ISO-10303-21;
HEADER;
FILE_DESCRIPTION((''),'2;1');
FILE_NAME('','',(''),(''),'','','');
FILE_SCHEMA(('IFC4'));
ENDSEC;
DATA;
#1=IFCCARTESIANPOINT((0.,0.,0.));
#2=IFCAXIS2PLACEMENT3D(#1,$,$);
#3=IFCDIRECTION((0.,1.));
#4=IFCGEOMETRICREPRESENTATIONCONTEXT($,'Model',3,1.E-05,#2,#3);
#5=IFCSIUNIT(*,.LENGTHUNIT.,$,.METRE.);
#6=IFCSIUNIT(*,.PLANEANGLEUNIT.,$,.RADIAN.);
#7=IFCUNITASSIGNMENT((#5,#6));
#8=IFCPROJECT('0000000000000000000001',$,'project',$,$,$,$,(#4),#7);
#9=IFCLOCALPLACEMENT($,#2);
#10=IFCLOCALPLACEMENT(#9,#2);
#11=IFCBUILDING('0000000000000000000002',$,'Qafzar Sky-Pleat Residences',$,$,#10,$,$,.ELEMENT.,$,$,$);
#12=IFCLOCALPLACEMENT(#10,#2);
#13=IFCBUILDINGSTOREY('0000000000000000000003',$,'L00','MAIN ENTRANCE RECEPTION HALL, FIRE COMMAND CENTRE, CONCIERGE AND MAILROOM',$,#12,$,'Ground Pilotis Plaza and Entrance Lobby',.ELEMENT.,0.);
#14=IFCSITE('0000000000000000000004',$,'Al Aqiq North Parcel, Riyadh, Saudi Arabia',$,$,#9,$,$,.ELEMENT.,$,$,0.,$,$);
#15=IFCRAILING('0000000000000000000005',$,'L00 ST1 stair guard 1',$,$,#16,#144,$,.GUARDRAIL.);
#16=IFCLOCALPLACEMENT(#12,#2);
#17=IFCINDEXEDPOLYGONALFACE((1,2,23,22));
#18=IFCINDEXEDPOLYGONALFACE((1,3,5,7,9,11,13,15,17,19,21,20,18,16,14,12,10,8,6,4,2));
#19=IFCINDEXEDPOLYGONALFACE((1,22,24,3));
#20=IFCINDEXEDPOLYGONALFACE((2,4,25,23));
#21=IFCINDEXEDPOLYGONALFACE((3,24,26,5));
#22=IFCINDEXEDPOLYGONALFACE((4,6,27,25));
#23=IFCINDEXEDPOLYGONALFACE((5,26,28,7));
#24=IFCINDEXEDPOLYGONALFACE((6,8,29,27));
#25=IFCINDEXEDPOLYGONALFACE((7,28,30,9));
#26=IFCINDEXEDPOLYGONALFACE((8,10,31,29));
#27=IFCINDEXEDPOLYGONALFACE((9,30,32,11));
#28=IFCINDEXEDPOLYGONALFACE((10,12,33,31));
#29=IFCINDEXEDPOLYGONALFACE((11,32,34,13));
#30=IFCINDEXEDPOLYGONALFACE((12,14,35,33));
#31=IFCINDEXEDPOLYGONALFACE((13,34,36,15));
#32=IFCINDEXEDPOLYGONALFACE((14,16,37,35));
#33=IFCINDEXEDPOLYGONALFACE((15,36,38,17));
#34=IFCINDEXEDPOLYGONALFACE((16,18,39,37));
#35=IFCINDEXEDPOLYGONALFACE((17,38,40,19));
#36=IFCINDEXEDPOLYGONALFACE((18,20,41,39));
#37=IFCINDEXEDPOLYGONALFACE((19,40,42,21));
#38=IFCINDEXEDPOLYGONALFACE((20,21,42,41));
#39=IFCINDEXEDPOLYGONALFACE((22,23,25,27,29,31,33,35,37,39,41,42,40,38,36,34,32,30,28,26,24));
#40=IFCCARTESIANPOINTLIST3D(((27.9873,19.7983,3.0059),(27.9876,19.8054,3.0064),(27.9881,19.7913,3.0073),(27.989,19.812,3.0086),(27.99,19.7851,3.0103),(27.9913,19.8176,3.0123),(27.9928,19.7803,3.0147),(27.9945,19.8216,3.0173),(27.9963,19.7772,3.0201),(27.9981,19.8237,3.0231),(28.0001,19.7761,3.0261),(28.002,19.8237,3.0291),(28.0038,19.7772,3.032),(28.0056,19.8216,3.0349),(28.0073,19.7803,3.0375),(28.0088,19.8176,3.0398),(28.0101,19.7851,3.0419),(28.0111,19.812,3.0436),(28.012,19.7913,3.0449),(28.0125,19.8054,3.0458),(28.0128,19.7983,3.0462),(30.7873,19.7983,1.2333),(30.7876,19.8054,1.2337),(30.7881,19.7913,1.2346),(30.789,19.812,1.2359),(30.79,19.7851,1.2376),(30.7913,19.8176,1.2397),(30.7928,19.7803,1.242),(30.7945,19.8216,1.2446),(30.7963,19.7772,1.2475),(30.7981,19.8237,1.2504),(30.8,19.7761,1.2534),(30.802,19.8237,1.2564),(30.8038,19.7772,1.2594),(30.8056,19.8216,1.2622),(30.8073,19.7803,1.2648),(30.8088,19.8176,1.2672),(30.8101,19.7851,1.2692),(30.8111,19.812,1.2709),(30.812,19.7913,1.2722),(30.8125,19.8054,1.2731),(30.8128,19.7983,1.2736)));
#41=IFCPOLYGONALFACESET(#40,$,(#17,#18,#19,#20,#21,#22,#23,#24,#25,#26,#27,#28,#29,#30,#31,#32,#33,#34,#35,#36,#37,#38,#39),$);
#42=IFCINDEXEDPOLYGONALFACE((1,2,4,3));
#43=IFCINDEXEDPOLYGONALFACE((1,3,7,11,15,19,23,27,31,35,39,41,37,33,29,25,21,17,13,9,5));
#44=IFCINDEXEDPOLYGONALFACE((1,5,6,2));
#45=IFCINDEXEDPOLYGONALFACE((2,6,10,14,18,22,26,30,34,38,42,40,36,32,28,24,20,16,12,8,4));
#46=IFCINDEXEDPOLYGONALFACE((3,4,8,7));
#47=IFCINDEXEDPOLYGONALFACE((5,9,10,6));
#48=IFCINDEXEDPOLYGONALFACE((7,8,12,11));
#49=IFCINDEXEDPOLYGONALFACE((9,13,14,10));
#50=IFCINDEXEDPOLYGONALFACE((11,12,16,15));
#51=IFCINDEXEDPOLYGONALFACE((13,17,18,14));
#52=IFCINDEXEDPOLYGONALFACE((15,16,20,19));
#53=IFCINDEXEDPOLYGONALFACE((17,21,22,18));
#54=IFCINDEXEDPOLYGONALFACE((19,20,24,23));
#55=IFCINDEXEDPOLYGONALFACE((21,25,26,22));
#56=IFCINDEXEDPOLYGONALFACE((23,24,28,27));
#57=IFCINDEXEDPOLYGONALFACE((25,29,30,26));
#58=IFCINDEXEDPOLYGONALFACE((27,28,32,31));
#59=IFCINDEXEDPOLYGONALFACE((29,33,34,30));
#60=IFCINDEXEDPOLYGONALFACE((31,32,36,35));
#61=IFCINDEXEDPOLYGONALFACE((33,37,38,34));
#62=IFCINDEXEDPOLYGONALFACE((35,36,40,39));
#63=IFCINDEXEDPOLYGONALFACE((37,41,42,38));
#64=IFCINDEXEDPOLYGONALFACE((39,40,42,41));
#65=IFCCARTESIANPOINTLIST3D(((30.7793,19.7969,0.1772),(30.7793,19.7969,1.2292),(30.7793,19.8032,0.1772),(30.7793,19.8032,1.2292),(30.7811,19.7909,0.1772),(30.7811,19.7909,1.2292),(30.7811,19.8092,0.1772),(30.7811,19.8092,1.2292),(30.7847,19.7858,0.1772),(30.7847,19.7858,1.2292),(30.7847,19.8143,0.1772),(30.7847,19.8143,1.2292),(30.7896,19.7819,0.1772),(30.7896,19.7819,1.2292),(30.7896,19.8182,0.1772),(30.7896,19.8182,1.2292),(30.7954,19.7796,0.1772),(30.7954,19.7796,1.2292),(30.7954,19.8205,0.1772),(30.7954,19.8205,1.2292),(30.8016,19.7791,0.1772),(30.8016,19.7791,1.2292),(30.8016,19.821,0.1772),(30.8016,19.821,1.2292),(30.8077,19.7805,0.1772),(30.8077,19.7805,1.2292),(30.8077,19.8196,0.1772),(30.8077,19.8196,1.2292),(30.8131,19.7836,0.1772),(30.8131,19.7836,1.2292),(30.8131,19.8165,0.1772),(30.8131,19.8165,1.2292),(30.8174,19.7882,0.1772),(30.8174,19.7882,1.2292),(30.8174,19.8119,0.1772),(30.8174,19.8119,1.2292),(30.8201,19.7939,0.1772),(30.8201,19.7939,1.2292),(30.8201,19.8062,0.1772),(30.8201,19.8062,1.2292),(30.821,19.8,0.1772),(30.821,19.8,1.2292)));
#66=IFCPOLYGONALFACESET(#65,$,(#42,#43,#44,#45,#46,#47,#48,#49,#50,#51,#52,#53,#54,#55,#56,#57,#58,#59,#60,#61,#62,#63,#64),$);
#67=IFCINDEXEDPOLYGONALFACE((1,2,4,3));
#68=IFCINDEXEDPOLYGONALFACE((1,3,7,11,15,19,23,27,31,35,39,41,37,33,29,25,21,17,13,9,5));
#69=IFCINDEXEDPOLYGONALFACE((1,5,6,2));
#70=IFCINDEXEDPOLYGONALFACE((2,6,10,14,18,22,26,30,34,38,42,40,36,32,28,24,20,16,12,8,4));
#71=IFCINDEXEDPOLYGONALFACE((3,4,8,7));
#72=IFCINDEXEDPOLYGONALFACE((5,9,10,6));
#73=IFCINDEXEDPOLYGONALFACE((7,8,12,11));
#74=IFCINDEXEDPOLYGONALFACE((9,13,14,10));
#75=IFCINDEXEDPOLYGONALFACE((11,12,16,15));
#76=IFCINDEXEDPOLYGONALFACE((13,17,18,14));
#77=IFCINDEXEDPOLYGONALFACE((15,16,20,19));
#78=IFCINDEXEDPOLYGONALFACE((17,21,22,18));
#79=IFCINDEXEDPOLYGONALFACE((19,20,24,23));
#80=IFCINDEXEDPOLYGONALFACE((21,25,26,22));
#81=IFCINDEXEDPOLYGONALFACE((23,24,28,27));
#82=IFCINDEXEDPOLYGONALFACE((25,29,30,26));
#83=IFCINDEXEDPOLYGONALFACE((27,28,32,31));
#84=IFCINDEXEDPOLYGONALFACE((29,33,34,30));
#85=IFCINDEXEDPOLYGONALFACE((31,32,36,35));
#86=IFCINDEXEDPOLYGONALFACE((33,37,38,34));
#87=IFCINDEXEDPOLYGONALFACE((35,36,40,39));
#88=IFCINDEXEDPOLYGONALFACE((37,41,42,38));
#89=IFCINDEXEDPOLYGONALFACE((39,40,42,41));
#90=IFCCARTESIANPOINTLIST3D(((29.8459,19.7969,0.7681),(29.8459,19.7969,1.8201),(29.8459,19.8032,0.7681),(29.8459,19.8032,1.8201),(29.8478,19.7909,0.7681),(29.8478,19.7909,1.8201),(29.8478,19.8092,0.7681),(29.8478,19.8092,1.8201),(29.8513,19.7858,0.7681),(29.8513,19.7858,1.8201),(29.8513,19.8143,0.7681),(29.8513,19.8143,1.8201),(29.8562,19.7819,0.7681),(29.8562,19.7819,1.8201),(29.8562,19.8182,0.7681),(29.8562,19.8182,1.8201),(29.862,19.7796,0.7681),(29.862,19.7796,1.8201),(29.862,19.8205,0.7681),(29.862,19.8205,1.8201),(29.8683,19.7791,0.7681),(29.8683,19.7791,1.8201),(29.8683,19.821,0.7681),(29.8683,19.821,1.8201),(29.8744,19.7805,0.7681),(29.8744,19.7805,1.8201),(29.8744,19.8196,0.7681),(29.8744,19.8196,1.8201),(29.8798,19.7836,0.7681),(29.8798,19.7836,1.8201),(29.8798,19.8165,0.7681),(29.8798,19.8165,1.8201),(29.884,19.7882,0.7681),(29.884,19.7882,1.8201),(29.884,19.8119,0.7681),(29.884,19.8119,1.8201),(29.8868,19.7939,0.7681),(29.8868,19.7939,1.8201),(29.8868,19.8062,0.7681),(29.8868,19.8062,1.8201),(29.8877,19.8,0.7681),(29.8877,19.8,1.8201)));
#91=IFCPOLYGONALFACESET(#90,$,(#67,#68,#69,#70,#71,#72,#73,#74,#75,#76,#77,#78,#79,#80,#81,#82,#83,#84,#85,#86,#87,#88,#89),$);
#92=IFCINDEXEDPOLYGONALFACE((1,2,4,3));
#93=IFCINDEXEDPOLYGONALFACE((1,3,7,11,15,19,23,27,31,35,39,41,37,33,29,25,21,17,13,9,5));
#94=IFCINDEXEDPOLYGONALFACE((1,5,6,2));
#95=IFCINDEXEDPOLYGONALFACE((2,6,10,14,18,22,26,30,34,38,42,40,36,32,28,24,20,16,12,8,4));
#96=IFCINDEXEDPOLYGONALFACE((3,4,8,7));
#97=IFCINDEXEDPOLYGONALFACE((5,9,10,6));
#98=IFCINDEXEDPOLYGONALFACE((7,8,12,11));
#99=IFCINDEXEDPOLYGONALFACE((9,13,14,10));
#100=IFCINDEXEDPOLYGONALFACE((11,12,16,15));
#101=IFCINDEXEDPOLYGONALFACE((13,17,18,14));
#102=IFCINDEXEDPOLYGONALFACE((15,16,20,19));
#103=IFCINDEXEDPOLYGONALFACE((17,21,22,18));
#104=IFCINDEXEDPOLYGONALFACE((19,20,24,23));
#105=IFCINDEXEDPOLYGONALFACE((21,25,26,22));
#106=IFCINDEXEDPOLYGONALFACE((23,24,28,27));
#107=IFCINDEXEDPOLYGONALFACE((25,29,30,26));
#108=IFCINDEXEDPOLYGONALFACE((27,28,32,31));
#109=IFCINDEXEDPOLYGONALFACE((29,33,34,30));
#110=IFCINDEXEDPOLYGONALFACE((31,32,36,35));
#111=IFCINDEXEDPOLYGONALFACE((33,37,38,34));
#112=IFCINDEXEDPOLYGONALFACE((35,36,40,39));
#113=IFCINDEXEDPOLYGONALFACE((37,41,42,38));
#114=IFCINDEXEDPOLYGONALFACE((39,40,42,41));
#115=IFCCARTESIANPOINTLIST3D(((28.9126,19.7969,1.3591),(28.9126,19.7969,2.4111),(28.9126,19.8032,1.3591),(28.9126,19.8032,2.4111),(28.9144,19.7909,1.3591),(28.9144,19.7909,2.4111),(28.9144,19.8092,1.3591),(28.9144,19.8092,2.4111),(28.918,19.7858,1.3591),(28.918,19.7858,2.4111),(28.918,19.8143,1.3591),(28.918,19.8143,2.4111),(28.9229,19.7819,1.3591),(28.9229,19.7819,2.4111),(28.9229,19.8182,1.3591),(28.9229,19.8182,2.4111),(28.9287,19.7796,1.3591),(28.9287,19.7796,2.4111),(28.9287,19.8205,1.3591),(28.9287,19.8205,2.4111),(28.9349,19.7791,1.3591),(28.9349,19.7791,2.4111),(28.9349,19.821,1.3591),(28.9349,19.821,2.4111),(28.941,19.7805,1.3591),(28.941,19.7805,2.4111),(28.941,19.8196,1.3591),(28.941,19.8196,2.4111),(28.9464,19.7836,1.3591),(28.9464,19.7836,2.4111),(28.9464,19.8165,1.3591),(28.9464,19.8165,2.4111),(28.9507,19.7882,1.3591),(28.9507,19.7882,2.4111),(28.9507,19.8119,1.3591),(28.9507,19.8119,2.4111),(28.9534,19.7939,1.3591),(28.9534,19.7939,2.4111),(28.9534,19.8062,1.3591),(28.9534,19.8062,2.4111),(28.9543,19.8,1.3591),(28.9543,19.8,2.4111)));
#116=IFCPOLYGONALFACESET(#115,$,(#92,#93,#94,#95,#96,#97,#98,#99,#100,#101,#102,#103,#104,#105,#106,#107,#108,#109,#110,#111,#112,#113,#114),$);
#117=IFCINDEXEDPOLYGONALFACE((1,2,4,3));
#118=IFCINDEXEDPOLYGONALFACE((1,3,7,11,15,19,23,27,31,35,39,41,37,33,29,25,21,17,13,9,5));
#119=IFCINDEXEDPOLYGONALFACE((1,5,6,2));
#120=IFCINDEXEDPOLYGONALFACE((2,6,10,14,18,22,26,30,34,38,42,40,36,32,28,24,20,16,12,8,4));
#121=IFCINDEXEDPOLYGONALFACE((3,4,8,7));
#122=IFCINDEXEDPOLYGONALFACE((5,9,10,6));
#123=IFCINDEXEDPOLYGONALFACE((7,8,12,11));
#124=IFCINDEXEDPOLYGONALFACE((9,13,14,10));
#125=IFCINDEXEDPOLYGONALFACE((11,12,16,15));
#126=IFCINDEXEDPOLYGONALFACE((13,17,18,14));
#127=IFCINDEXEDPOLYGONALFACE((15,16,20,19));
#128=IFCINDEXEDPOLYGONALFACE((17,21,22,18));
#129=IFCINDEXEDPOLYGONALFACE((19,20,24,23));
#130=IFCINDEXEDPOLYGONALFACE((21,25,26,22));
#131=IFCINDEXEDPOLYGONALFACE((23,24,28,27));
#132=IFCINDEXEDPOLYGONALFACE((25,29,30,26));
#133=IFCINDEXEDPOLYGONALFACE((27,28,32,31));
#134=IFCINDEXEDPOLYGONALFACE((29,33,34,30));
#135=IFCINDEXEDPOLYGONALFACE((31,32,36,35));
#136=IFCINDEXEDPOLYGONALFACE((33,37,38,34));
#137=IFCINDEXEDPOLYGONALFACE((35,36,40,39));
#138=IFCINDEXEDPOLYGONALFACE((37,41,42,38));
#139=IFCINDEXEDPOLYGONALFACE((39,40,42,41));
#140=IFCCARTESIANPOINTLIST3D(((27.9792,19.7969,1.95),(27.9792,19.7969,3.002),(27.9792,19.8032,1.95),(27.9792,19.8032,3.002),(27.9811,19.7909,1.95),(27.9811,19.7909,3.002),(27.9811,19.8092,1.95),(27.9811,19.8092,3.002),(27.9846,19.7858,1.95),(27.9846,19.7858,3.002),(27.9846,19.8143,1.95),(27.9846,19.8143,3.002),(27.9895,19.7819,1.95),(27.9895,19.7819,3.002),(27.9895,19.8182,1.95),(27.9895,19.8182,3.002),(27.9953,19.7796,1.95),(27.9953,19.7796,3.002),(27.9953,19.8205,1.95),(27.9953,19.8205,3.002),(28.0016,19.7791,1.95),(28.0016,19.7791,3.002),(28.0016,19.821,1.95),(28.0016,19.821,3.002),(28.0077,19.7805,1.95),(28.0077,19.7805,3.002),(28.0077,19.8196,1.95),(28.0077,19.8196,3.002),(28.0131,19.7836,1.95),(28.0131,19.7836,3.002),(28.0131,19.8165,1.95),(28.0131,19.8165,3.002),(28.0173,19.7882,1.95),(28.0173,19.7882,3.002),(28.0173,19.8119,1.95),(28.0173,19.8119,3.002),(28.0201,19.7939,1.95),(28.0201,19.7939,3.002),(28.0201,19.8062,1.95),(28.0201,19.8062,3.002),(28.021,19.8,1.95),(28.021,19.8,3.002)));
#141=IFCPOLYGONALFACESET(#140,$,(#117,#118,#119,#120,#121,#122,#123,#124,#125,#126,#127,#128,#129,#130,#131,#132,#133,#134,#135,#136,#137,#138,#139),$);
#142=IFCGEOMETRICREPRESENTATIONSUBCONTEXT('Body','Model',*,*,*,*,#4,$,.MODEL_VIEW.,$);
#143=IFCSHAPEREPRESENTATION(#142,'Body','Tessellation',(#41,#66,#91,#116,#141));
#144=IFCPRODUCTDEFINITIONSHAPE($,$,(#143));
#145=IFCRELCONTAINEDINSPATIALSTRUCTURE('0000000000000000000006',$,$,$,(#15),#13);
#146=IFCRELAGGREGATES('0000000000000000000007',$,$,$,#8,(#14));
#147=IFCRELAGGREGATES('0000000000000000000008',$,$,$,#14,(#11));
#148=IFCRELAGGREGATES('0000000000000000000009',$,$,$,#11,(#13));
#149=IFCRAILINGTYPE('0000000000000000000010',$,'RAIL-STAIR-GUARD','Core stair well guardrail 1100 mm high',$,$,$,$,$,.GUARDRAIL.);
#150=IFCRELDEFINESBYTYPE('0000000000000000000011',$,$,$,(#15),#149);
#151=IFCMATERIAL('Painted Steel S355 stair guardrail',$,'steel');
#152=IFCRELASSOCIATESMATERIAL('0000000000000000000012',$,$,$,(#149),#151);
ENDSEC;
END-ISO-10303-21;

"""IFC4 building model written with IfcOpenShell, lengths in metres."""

from ifc_helpers import new_model, si_unit, direction, frame, origin, origin_2d, place, context, subcontext, project, spatial, circle, extrude, source, transform, mapped, material, type_object, element, save


model = new_model("IFC4")

# Units and contexts
model_context = context("Model", 3, precision=1e-05, world=origin(), true_north=direction((0.0, 1.0)))
body_context = subcontext(model_context, "Body", "Model", "MODEL_VIEW")
ifc_project = project(units=[si_unit("LENGTHUNIT", "METRE"), si_unit("PLANEANGLEUNIT", "RADIAN")], contexts=[model_context])

# Site, building, storey
site_placement = place(None, origin())
site = spatial("IfcSite", under=ifc_project, at=site_placement, Name="Al Aqiq North Parcel, Riyadh, Saudi Arabia", CompositionType="ELEMENT", RefElevation=0.0)
building_placement = place(site_placement, origin())
building = spatial("IfcBuilding", under=site, at=building_placement, Name="Qafzar Sky-Pleat Residences", CompositionType="ELEMENT")
storey_placement = place(building_placement, origin())
storey = spatial("IfcBuildingStorey", under=building, at=storey_placement, Name="L00", Description="MAIN ENTRANCE RECEPTION HALL, FIRE COMMAND CENTRE, CONCIERGE AND MAILROOM", LongName="Ground Pilotis Plaza and Entrance Lobby", CompositionType="ELEMENT", Elevation=0.0)

# Railing
ifc_material_1 = material(Name="Painted Steel S355 stair guardrail", Category="steel")
railing_type_1 = type_object("IfcRailingType", Name="RAIL-STAIR-GUARD", Description="Core stair well guardrail 1100 mm high", PredefinedType="GUARDRAIL", material=ifc_material_1)
shared_shape_1 = source(origin(), body_context, "Body", "SweptSolid", [
    extrude(circle(Radius=0.0239, at=origin_2d()), frame((0.0, 0.0, 1.0762), z_axis=(-0.844909, 0.0, 0.53491), x_axis=(0.0, -1.0, 0.0)), (0.0, 0.0, 1.0), 3.314),
    extrude(circle(Radius=0.021, at=origin_2d()), origin(), (0.0, 0.0, 1.0), 1.052),
    extrude(circle(Radius=0.021, at=origin_2d()), frame((-0.9333, 0.0, 0.5908)), (0.0, 0.0, 1.0), 1.052),
    extrude(circle(Radius=0.021, at=origin_2d()), frame((-1.8667, 0.0, 1.1819)), (0.0, 0.0, 1.0), 1.052),
    extrude(circle(Radius=0.021, at=origin_2d()), frame((-2.8, 0.0, 1.7727)), (0.0, 0.0, 1.0), 1.052),
])
for number, where, name in (
    (1, (30.8, 19.8, 0.1772), "L00 ST1 stair guard 1"),
):
    element("IfcRailing", number, at=place(storey_placement, frame(where)), inside=storey, type_object=railing_type_1, Name=name, PredefinedType="GUARDRAIL", context=body_context, shape_type="MappedRepresentation", body=[
        mapped(shared_shape_1, transform((0.0, 0.0, 0.0), x_axis=(1.0, 0.0, 0.0), y_axis=(0.0, 1.0, 0.0), z_axis=(0.0, 0.0, 1.0), scale=1.0)),
    ])

save(model, "model.ifc")
